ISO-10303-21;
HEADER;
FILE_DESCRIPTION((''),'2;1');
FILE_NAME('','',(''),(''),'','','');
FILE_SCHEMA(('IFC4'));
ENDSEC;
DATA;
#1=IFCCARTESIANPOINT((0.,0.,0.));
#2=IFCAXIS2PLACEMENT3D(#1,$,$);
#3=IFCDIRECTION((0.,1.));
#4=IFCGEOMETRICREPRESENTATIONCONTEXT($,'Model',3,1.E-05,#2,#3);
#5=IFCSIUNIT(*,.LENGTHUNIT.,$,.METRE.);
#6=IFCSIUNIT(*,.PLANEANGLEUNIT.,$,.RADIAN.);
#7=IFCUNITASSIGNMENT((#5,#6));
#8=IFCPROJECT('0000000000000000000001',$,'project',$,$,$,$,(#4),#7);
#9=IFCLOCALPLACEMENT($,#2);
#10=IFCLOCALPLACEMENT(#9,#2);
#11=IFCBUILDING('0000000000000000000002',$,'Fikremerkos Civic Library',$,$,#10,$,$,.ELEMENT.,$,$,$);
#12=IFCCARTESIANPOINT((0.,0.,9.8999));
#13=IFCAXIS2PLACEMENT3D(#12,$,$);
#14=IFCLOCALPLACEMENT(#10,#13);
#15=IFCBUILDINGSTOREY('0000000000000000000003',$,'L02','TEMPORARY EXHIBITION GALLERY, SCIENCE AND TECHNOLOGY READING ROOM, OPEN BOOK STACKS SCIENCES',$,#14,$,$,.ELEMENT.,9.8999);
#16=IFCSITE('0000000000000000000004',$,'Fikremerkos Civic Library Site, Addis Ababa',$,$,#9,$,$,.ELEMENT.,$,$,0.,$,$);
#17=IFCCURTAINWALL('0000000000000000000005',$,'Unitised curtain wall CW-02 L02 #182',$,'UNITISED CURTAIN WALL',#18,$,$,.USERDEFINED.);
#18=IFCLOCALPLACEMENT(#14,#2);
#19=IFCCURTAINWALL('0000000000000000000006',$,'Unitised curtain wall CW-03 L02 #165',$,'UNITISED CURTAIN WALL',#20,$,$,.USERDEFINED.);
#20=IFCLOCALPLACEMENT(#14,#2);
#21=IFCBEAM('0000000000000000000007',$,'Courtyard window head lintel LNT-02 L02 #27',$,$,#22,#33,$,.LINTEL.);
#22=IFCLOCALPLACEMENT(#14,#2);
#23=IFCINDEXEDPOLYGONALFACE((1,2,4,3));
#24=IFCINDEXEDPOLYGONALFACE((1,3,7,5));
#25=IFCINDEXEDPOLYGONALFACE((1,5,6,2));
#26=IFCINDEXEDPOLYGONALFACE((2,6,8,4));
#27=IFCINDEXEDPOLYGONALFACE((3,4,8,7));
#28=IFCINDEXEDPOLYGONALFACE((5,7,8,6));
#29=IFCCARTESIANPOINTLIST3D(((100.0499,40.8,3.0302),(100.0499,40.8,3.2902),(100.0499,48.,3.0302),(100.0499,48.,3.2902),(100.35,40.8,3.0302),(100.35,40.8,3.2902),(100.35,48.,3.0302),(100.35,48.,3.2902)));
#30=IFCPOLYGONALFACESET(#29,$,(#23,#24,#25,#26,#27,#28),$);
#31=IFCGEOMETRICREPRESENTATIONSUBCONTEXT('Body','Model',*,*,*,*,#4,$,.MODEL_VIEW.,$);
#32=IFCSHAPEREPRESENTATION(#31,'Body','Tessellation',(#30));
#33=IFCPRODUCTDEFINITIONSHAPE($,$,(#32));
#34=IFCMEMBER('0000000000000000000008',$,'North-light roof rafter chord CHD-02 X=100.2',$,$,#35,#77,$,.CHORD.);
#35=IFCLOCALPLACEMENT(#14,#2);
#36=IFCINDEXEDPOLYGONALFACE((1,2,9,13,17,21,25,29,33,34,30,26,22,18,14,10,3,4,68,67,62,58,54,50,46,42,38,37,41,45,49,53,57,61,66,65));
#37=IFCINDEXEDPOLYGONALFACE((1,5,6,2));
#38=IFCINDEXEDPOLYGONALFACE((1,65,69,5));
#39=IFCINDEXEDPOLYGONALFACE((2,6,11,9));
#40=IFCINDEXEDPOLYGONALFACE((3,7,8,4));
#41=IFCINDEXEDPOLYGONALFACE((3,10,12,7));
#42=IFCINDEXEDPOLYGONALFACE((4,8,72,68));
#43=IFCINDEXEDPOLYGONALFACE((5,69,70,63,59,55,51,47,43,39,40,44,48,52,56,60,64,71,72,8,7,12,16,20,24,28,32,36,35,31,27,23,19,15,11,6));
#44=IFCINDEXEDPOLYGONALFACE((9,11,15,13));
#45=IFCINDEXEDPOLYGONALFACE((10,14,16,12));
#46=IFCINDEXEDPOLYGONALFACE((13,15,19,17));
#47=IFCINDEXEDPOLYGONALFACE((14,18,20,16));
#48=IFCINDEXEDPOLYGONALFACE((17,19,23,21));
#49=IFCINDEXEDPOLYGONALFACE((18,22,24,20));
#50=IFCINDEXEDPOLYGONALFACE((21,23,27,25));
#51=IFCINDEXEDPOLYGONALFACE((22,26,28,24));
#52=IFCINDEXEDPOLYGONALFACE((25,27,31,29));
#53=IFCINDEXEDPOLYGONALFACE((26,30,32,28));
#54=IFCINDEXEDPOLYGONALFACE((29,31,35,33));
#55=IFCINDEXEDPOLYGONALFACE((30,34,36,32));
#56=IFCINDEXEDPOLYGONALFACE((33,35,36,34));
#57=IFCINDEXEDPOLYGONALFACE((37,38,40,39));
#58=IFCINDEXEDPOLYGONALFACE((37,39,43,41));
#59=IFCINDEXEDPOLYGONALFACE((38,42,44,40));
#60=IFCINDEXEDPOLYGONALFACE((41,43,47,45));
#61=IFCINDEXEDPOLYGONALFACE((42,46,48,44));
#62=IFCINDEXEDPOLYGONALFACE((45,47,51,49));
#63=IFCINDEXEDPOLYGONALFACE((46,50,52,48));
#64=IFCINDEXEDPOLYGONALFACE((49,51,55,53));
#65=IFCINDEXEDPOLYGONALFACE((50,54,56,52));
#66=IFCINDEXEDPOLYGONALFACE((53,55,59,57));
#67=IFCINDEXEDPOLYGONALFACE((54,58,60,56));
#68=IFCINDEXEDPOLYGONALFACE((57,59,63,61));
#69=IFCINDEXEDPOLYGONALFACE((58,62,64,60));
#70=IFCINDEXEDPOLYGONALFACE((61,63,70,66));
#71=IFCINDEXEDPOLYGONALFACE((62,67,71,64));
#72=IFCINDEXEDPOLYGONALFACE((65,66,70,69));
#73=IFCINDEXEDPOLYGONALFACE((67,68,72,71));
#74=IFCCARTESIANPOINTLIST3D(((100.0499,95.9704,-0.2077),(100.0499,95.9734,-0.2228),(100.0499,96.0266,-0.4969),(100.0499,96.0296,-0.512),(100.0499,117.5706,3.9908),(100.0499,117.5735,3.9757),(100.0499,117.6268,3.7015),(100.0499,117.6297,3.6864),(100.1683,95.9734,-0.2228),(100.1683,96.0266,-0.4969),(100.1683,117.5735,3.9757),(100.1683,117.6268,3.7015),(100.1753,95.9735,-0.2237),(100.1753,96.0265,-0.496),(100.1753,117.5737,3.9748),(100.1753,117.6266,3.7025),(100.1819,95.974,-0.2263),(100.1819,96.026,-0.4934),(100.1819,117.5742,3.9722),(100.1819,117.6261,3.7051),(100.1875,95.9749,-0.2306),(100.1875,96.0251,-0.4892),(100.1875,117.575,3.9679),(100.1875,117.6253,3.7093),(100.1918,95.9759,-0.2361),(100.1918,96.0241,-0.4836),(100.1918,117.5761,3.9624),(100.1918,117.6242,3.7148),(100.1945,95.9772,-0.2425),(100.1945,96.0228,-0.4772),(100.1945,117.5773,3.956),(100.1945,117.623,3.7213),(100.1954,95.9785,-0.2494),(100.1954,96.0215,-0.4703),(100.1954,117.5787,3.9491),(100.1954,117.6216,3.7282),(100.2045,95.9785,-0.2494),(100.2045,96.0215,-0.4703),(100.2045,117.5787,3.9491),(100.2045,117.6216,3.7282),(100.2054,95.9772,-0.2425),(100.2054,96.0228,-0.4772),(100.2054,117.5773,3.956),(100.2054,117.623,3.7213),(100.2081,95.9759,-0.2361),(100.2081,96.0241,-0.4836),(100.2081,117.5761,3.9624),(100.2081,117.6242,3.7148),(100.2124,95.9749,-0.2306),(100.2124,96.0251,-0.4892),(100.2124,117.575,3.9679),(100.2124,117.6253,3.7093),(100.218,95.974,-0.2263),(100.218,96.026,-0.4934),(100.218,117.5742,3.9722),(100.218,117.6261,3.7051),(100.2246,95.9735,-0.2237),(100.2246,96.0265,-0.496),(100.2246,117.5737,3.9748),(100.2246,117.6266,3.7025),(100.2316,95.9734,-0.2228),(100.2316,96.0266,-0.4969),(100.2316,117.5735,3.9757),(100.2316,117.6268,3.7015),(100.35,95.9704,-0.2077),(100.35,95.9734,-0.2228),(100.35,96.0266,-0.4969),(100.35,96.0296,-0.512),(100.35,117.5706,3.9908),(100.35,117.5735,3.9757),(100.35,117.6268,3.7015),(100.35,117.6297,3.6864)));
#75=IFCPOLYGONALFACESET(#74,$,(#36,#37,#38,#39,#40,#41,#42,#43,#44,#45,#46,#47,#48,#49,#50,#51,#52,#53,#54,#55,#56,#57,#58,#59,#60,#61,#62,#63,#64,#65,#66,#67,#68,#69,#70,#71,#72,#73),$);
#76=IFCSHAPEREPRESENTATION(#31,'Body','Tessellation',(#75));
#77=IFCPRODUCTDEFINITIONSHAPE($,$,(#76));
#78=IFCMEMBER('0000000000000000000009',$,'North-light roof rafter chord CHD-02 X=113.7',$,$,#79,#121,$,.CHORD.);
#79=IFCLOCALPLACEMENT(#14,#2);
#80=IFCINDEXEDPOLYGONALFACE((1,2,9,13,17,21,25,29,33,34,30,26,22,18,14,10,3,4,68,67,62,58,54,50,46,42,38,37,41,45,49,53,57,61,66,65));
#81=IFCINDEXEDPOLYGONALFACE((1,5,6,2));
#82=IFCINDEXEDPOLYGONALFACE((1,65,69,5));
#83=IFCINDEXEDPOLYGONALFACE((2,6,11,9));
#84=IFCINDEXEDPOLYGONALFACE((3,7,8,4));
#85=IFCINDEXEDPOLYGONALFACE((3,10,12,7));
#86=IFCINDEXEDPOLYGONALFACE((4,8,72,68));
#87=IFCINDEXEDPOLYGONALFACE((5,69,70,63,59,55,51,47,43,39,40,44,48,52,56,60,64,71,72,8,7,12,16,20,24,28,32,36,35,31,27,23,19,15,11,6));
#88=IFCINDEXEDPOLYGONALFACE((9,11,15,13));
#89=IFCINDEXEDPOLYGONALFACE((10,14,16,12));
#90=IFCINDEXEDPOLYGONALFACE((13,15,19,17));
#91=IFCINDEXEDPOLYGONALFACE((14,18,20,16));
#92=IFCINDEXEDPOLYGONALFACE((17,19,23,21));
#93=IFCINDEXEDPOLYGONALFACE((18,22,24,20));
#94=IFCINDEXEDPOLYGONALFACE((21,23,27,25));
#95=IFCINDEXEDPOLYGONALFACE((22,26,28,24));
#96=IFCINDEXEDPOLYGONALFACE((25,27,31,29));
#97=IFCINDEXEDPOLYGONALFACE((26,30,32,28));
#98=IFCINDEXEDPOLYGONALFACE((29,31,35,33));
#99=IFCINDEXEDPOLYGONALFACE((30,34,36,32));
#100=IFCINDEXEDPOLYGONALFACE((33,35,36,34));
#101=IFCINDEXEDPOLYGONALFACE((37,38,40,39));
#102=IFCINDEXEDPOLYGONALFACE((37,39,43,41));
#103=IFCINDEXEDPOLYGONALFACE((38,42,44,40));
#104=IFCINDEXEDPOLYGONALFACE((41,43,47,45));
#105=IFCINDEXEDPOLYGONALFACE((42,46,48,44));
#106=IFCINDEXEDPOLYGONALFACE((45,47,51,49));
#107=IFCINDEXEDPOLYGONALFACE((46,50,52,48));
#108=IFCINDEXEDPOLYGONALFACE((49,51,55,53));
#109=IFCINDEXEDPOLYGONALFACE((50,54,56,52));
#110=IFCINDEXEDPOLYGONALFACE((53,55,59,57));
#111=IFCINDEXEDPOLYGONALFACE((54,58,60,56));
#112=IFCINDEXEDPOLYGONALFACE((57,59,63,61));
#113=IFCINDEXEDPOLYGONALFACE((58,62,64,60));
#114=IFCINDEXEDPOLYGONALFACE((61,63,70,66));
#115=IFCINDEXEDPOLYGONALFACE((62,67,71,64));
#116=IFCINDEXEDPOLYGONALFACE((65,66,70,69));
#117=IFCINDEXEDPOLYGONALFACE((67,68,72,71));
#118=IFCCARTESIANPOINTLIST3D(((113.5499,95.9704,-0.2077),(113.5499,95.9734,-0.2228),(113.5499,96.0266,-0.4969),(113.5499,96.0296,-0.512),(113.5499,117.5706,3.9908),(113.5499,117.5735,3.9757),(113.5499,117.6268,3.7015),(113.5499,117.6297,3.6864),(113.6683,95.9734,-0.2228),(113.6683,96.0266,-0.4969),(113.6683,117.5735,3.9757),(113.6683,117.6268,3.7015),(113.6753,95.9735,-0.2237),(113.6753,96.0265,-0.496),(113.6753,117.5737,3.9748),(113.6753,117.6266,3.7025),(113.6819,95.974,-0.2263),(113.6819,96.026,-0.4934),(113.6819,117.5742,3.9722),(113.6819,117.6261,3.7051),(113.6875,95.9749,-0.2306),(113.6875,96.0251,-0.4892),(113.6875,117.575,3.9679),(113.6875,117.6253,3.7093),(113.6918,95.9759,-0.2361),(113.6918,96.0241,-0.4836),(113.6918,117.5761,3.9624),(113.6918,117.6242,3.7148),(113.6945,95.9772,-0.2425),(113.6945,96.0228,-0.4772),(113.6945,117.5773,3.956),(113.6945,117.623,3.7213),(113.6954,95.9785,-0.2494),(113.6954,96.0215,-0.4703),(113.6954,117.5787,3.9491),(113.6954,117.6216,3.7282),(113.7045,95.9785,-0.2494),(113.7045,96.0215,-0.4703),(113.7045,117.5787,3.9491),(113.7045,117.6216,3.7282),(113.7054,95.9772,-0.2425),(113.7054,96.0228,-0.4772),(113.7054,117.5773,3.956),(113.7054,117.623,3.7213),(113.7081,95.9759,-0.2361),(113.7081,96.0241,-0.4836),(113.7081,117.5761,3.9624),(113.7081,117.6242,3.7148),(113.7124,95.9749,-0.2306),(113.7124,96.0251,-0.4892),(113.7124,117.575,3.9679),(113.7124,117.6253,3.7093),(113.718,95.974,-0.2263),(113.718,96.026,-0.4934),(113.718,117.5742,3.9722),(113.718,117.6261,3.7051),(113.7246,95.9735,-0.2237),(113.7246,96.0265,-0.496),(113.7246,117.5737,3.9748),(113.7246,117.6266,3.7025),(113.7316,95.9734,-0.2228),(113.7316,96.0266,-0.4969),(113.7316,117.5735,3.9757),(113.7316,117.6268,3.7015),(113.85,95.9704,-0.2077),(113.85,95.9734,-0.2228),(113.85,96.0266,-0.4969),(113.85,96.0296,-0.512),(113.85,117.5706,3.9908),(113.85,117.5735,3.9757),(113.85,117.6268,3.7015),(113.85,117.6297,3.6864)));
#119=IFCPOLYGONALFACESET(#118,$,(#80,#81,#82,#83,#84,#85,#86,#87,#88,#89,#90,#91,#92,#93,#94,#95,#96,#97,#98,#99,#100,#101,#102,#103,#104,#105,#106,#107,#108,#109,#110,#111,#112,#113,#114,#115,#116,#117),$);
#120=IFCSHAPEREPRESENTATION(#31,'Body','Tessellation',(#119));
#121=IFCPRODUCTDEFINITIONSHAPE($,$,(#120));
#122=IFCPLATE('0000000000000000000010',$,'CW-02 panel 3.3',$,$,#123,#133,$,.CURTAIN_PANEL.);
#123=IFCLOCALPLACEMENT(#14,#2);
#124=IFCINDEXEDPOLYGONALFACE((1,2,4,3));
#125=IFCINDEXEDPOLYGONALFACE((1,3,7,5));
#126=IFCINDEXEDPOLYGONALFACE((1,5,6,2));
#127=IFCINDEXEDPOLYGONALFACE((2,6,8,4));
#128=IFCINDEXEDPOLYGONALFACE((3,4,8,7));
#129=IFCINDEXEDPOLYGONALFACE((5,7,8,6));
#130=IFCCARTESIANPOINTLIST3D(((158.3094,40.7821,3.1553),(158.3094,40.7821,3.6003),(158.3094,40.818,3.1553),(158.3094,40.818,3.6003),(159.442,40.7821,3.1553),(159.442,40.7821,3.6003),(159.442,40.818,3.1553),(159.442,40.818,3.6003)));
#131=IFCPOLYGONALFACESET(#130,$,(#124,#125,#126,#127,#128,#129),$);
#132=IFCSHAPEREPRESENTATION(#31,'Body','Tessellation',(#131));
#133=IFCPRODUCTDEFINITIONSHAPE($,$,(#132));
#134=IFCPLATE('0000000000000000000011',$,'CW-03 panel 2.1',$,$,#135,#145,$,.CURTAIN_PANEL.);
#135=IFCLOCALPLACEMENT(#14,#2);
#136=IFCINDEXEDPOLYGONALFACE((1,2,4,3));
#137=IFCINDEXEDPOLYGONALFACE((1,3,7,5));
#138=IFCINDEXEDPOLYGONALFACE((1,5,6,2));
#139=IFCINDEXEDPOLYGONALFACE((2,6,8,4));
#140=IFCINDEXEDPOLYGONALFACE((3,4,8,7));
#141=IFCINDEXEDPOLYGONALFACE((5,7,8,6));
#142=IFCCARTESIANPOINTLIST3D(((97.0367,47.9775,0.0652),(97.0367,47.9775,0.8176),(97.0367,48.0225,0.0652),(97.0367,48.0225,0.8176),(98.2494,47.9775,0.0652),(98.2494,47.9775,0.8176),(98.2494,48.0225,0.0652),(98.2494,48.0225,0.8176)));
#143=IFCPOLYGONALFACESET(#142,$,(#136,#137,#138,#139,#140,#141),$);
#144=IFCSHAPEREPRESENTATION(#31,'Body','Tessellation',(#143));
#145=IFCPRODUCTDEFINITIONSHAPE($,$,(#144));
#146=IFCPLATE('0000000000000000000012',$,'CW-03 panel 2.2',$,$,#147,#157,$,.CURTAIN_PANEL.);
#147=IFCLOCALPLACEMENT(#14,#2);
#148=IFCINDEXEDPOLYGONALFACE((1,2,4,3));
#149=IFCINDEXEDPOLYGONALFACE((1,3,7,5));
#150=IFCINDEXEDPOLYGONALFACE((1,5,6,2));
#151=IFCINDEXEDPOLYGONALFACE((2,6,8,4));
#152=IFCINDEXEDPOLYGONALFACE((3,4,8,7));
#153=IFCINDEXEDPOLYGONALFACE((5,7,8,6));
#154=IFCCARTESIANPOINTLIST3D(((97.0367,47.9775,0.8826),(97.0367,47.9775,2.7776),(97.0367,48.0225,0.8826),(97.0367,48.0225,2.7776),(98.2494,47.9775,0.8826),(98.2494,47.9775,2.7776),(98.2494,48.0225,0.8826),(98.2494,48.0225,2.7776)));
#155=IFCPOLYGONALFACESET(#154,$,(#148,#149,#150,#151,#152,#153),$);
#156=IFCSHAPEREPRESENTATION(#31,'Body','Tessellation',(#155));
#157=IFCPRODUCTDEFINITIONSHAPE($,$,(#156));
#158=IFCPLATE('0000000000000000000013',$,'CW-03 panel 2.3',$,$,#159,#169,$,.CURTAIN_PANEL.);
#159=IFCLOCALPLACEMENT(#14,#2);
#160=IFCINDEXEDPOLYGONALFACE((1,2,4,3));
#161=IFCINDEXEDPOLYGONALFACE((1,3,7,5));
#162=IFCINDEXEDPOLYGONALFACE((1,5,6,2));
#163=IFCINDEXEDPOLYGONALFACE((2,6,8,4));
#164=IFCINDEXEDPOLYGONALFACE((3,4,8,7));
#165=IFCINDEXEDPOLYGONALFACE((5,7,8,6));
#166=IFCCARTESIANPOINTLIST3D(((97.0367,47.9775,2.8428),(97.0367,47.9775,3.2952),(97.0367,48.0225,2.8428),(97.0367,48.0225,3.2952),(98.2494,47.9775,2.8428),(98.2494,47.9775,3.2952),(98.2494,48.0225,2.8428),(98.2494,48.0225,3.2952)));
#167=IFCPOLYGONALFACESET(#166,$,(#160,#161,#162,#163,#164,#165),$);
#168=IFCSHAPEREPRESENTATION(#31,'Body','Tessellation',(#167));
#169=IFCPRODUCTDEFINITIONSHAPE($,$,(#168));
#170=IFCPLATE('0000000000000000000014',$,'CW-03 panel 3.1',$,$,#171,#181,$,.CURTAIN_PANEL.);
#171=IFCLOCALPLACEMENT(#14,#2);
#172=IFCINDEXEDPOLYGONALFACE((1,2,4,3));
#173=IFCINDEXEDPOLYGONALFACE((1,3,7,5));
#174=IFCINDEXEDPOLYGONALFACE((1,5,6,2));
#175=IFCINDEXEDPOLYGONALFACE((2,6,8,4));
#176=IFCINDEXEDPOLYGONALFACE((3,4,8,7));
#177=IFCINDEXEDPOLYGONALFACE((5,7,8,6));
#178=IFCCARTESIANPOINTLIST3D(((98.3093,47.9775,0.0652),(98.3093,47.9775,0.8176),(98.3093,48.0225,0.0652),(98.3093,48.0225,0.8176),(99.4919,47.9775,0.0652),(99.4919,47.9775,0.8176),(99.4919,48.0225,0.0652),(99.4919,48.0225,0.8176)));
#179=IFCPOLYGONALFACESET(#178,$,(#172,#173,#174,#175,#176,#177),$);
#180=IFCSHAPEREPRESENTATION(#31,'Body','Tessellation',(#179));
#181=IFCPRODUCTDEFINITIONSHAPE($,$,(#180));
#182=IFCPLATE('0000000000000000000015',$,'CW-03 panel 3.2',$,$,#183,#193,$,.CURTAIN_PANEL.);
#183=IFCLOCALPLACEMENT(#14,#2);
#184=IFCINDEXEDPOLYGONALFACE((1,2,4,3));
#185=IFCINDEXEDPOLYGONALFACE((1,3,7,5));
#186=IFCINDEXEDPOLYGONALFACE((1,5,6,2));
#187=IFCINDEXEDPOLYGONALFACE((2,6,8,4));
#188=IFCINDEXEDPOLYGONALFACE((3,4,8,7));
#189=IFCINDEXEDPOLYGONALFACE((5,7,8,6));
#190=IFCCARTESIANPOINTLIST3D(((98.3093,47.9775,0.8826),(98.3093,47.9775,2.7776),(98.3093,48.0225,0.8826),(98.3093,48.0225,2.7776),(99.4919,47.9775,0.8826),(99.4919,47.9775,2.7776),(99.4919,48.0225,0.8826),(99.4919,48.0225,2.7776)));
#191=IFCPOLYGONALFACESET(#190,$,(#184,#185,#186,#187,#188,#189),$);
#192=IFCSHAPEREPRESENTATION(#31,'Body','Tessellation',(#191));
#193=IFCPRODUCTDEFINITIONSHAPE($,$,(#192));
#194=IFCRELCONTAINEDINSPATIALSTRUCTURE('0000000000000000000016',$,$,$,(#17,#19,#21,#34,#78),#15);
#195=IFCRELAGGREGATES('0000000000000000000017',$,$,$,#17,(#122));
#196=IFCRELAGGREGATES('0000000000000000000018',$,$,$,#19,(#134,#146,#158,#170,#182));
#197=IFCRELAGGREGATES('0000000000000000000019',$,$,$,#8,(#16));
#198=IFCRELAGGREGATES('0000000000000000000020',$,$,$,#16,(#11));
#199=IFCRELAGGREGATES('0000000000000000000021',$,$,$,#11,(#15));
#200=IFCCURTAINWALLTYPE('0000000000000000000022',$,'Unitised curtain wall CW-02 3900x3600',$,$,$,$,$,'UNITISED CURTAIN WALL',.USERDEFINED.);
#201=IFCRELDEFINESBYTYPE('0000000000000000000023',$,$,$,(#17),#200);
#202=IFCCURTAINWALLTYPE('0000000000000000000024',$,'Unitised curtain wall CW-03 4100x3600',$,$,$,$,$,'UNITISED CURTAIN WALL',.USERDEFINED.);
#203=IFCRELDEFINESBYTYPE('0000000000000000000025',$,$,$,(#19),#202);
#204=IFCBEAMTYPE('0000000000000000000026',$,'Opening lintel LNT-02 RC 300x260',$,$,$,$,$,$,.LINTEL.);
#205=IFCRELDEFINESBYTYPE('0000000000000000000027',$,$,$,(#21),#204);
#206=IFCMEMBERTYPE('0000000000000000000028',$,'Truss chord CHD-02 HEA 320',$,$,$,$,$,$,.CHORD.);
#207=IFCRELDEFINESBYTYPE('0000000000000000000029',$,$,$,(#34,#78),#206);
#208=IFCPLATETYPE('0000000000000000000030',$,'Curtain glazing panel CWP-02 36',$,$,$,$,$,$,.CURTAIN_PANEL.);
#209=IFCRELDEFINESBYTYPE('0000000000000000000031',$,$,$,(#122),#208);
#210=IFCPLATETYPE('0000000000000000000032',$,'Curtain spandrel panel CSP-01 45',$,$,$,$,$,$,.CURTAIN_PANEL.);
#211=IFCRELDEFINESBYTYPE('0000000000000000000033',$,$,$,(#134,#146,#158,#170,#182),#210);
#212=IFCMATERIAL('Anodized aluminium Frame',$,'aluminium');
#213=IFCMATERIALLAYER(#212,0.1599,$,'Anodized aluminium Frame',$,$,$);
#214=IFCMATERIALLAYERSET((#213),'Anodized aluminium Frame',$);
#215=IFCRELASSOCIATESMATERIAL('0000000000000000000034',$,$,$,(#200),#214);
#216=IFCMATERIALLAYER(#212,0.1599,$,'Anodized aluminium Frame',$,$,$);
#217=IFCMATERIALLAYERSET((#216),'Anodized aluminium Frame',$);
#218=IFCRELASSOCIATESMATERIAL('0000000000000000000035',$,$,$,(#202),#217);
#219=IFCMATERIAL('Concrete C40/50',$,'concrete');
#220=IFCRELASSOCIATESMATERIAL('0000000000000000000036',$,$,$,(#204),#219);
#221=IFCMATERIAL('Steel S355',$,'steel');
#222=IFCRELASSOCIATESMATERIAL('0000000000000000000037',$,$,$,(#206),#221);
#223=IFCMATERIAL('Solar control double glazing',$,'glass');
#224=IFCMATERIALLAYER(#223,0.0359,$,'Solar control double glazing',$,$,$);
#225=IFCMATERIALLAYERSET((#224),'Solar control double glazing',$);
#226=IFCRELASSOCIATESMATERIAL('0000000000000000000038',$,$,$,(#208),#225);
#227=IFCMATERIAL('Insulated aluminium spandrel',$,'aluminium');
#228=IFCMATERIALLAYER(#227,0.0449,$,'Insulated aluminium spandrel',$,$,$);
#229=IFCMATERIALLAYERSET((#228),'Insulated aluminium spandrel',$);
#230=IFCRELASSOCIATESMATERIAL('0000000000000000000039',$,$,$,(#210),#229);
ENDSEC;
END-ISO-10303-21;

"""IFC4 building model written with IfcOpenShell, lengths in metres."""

from ifc_helpers import new_model, si_unit, direction, frame, origin, origin_2d, place, context, subcontext, project, spatial, rectangle, i_section, extrude, material, layer, layer_set, material_profile, profile_set, type_object, element, aggregate, save


model = new_model("IFC4")

# Units and contexts
model_context = context("Model", 3, precision=1e-05, world=origin(), true_north=direction((0.0, 1.0)))
body_context = subcontext(model_context, "Body", "Model", "MODEL_VIEW")
ifc_project = project(units=[si_unit("LENGTHUNIT", "METRE"), si_unit("PLANEANGLEUNIT", "RADIAN")], contexts=[model_context])

# Site, building, storey
site_placement = place(None, origin())
site = spatial("IfcSite", under=ifc_project, at=site_placement, Name="Fikremerkos Civic Library Site, Addis Ababa", CompositionType="ELEMENT", RefElevation=0.0)
building_placement = place(site_placement, origin())
building = spatial("IfcBuilding", under=site, at=building_placement, Name="Fikremerkos Civic Library", CompositionType="ELEMENT")
storey_placement = place(building_placement, frame((0.0, 0.0, 9.8999)))
storey = spatial("IfcBuildingStorey", under=building, at=storey_placement, Name="L02", Description="TEMPORARY EXHIBITION GALLERY, SCIENCE AND TECHNOLOGY READING ROOM, OPEN BOOK STACKS SCIENCES", CompositionType="ELEMENT", Elevation=9.8999)

# Shared definitions
ifc_material_1 = material(Name="Concrete C40/50", Category="concrete")
ifc_material_2 = material(Name="Steel S355", Category="steel")

# Curtain wall
ifc_material_3 = material(Name="Anodized aluminium Frame", Category="aluminium")
ifc_layer_1 = layer(ifc_material_3, 0.1599, Name="Anodized aluminium Frame")
ifc_layer_set_1 = layer_set([ifc_layer_1], Name="Anodized aluminium Frame")
curtain_wall_type_1 = type_object("IfcCurtainWallType", Name="Unitised curtain wall CW-02 3900x3600", ElementType="UNITISED CURTAIN WALL", PredefinedType="USERDEFINED", material=ifc_layer_set_1)
curtain_wall_1_placement = place(storey_placement, origin())
curtain_wall_1 = element("IfcCurtainWall", 1, at=curtain_wall_1_placement, inside=storey, type_object=curtain_wall_type_1, Name="Unitised curtain wall CW-02 L02 #182", ObjectType="UNITISED CURTAIN WALL", PredefinedType="USERDEFINED")

# Curtain wall
ifc_layer_2 = layer(ifc_material_3, 0.1599, Name="Anodized aluminium Frame")
ifc_layer_set_2 = layer_set([ifc_layer_2], Name="Anodized aluminium Frame")
curtain_wall_type_2 = type_object("IfcCurtainWallType", Name="Unitised curtain wall CW-03 4100x3600", ElementType="UNITISED CURTAIN WALL", PredefinedType="USERDEFINED", material=ifc_layer_set_2)
curtain_wall_2_placement = place(storey_placement, origin())
curtain_wall_2 = element("IfcCurtainWall", 2, at=curtain_wall_2_placement, inside=storey, type_object=curtain_wall_type_2, Name="Unitised curtain wall CW-03 L02 #165", ObjectType="UNITISED CURTAIN WALL", PredefinedType="USERDEFINED")

# Beam
ifc_material_profile_1 = material_profile(ifc_material_1, rectangle(XDim=0.3, YDim=0.26, at=origin_2d()), Name="RC 300x260")
ifc_profile_set_1 = profile_set([ifc_material_profile_1], Name="Concrete C40/50")
beam_type = type_object("IfcBeamType", Name="Opening lintel LNT-02 RC 300x260", PredefinedType="LINTEL", material=ifc_profile_set_1)
beam_placement = place(storey_placement, frame((100.2, 48.0, 3.1602), z_axis=(0.0, -1.0, 0.0), x_axis=(1.0, 0.0, 0.0)))
element("IfcBeam", 3, at=beam_placement, inside=storey, type_object=beam_type, Name="Courtyard window head lintel LNT-02 L02 #27", PredefinedType="LINTEL", context=body_context, shape_type="SweptSolid", body=[
    extrude(rectangle(XDim=0.3, YDim=0.26, at=origin_2d()), origin(), (0.0, 0.0, 1.0), 7.2),
])

# Members
ifc_material_profile_2 = material_profile(ifc_material_2, i_section(OverallWidth=0.3, OverallDepth=0.3101, WebThickness=0.009, FlangeThickness=0.0154, FilletRadius=0.0271, at=origin_2d()), Name="HEA 320")
ifc_profile_set_2 = profile_set([ifc_material_profile_2], Name="Steel S355")
member_type_1 = type_object("IfcMemberType", Name="Truss chord CHD-02 HEA 320", PredefinedType="CHORD", material=ifc_profile_set_2)
for number, where, z_axis, x_axis, name in (
    (4, (100.2, 96.0, -0.3599), (0.0, 0.981628, 0.190803), (-1.0, 0.0, 0.0), "North-light roof rafter chord CHD-02 X=100.2"),
    (5, (113.7, 96.0, -0.3599), (0.0, 0.981628, 0.190803), (-1.0, 0.0, 0.0), "North-light roof rafter chord CHD-02 X=113.7"),
):
    element("IfcMember", number, at=place(storey_placement, frame(where, z_axis=z_axis, x_axis=x_axis)), inside=storey, type_object=member_type_1, Name=name, PredefinedType="CHORD", context=body_context, shape_type="SweptSolid", body=[
        extrude(i_section(OverallWidth=0.3, OverallDepth=0.3101, WebThickness=0.009, FlangeThickness=0.0154, FilletRadius=0.0271, at=origin_2d()), origin(), (0.0, 0.0, 1.0), 22.0044),
    ])

# Plates
ifc_material_4 = material(Name="Solar control double glazing", Category="glass")
ifc_layer_3 = layer(ifc_material_4, 0.0359, Name="Solar control double glazing")
ifc_layer_set_3 = layer_set([ifc_layer_3], Name="Solar control double glazing")
plate_type_1 = type_object("IfcPlateType", Name="Curtain glazing panel CWP-02 36", PredefinedType="CURTAIN_PANEL", material=ifc_layer_set_3)
plate_1_placement = place(storey_placement, frame((158.8757, 40.8, 3.1553), z_axis=(0.0, 0.0, 1.0), x_axis=(1.0, 0.0, 0.0)))
plate_1 = element("IfcPlate", 6, at=plate_1_placement, type_object=plate_type_1, Name="CW-02 panel 3.3", PredefinedType="CURTAIN_PANEL", context=body_context, shape_type="SweptSolid", body=[
    extrude(rectangle(XDim=1.1326, YDim=0.0359, at=origin_2d()), origin(), (0.0, 0.0, 1.0), 0.4451),
])
aggregate(curtain_wall_1, [plate_1])
ifc_material_5 = material(Name="Insulated aluminium spandrel", Category="aluminium")
ifc_layer_4 = layer(ifc_material_5, 0.0449, Name="Insulated aluminium spandrel")
ifc_layer_set_4 = layer_set([ifc_layer_4], Name="Insulated aluminium spandrel")
plate_type_2 = type_object("IfcPlateType", Name="Curtain spandrel panel CSP-01 45", PredefinedType="CURTAIN_PANEL", material=ifc_layer_set_4)
plate_2_placement = place(storey_placement, frame((97.6431, 48.0, 0.0652), z_axis=(0.0, 0.0, 1.0), x_axis=(1.0, 0.0, 0.0)))
plate_2 = element("IfcPlate", 7, at=plate_2_placement, type_object=plate_type_2, Name="CW-03 panel 2.1", PredefinedType="CURTAIN_PANEL", context=body_context, shape_type="SweptSolid", body=[
    extrude(rectangle(XDim=1.2126, YDim=0.0449, at=origin_2d()), origin(), (0.0, 0.0, 1.0), 0.7524),
])
plate_3_placement = place(storey_placement, frame((97.6431, 48.0, 0.8826), z_axis=(0.0, 0.0, 1.0), x_axis=(1.0, 0.0, 0.0)))
plate_3 = element("IfcPlate", 8, at=plate_3_placement, type_object=plate_type_2, Name="CW-03 panel 2.2", PredefinedType="CURTAIN_PANEL", context=body_context, shape_type="SweptSolid", body=[
    extrude(rectangle(XDim=1.2126, YDim=0.0449, at=origin_2d()), origin(), (0.0, 0.0, 1.0), 1.895),
])
plate_4_placement = place(storey_placement, frame((97.6431, 48.0, 2.8428), z_axis=(0.0, 0.0, 1.0), x_axis=(1.0, 0.0, 0.0)))
plate_4 = element("IfcPlate", 9, at=plate_4_placement, type_object=plate_type_2, Name="CW-03 panel 2.3", PredefinedType="CURTAIN_PANEL", context=body_context, shape_type="SweptSolid", body=[
    extrude(rectangle(XDim=1.2126, YDim=0.0449, at=origin_2d()), origin(), (0.0, 0.0, 1.0), 0.4524),
])
plate_5_placement = place(storey_placement, frame((98.9006, 48.0, 0.0652), z_axis=(0.0, 0.0, 1.0), x_axis=(1.0, 0.0, 0.0)))
plate_5 = element("IfcPlate", 10, at=plate_5_placement, type_object=plate_type_2, Name="CW-03 panel 3.1", PredefinedType="CURTAIN_PANEL", context=body_context, shape_type="SweptSolid", body=[
    extrude(rectangle(XDim=1.1826, YDim=0.0449, at=origin_2d()), origin(), (0.0, 0.0, 1.0), 0.7524),
])
plate_6_placement = place(storey_placement, frame((98.9006, 48.0, 0.8826), z_axis=(0.0, 0.0, 1.0), x_axis=(1.0, 0.0, 0.0)))
plate_6 = element("IfcPlate", 11, at=plate_6_placement, type_object=plate_type_2, Name="CW-03 panel 3.2", PredefinedType="CURTAIN_PANEL", context=body_context, shape_type="SweptSolid", body=[
    extrude(rectangle(XDim=1.1826, YDim=0.0449, at=origin_2d()), origin(), (0.0, 0.0, 1.0), 1.895),
])
aggregate(curtain_wall_2, [plate_2, plate_3, plate_4, plate_5, plate_6])

save(model, "model.ifc")
